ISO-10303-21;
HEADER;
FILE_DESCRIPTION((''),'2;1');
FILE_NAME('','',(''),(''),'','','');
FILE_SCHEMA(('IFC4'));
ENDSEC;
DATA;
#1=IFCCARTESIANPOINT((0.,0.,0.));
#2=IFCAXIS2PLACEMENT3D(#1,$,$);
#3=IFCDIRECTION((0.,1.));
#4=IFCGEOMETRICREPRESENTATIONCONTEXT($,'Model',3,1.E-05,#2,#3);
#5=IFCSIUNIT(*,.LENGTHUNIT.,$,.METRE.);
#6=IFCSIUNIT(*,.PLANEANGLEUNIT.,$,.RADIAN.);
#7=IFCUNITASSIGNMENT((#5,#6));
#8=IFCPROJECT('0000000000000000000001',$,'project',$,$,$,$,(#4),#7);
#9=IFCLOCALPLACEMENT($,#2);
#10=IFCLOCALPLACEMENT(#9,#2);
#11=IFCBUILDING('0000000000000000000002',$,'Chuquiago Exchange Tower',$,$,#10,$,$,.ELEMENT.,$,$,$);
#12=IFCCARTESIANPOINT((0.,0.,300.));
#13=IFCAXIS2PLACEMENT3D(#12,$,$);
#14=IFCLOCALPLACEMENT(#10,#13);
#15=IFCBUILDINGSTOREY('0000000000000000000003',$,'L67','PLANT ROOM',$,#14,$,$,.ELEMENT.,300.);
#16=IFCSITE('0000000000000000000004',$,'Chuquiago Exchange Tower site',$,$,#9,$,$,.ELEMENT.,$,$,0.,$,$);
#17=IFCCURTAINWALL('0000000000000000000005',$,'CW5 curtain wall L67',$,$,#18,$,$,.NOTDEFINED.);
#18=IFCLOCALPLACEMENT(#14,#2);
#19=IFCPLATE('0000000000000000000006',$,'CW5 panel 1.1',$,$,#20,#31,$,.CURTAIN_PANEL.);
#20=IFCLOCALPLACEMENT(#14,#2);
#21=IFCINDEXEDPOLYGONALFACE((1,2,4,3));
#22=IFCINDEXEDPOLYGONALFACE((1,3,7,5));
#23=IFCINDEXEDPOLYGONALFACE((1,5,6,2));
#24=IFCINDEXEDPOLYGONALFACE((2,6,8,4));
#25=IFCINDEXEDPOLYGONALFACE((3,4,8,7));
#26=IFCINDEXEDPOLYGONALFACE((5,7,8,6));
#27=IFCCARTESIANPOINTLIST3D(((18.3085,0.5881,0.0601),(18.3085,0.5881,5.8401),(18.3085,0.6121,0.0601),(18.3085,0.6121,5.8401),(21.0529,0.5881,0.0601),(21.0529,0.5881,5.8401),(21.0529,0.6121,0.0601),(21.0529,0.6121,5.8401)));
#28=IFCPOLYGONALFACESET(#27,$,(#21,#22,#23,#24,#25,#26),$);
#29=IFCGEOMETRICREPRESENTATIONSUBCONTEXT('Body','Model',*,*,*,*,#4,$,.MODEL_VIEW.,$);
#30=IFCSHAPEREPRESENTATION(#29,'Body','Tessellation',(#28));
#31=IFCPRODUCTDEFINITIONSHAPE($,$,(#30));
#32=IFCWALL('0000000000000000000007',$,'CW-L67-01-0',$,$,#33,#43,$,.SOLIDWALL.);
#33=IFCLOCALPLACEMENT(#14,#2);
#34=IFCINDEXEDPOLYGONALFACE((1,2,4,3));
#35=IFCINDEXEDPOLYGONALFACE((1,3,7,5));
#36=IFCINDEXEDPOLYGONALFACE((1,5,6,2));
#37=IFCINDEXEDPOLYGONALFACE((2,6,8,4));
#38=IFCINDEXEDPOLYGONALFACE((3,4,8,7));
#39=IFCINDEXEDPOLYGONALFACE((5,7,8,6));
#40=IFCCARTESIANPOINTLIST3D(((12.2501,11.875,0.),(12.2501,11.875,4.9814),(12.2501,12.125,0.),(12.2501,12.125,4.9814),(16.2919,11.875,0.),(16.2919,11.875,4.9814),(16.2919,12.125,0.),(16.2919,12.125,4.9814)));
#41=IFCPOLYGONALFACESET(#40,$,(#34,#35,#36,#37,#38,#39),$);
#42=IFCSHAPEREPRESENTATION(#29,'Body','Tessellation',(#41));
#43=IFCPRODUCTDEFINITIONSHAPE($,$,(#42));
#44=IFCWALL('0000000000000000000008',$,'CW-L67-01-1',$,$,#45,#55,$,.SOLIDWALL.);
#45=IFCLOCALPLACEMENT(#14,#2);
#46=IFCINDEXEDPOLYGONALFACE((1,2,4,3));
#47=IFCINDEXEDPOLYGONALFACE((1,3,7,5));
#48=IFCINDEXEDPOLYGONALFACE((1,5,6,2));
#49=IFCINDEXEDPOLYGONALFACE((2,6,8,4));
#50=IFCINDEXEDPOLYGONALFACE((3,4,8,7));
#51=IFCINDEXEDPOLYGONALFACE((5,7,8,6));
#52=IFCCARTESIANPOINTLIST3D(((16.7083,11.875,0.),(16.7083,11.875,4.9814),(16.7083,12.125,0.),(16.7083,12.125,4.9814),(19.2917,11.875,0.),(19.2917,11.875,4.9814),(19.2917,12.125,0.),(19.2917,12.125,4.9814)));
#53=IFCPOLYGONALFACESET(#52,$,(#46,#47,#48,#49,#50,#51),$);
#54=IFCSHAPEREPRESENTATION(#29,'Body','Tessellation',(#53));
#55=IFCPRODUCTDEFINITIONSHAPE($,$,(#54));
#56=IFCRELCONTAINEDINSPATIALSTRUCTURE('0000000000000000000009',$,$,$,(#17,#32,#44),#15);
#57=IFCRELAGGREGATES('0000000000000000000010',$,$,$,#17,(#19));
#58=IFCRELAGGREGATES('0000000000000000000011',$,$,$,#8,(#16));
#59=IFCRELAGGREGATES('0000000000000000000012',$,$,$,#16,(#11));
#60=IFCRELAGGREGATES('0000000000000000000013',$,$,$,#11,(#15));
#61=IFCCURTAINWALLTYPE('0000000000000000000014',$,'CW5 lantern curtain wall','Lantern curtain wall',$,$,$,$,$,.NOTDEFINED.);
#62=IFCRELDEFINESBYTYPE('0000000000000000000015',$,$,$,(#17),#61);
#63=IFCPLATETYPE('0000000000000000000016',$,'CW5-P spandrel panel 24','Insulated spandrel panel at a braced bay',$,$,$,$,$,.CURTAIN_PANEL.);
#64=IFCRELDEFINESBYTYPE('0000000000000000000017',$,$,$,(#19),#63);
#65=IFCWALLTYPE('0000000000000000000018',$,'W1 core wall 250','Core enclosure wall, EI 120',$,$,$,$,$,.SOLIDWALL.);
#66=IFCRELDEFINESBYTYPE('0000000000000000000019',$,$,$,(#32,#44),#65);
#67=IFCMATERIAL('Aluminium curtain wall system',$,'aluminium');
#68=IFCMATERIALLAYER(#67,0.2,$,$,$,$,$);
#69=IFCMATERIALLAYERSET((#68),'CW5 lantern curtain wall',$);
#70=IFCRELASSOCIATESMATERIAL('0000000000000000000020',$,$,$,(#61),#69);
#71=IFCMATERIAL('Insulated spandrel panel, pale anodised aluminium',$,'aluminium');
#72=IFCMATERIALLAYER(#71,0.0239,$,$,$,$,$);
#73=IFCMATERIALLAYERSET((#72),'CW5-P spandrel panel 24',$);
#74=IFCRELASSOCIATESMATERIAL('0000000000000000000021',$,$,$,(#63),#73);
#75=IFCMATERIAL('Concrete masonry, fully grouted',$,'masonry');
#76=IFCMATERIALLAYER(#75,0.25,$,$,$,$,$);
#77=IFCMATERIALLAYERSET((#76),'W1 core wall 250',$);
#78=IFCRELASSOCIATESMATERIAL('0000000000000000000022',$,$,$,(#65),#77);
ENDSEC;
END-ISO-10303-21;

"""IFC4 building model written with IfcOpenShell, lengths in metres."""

from ifc_helpers import new_model, si_unit, direction, frame, frame_2d, origin, origin_2d, place, context, subcontext, project, spatial, rectangle, extrude, material, layer, layer_set, type_object, element, aggregate, save


model = new_model("IFC4")

# Units and contexts
model_context = context("Model", 3, precision=1e-05, world=origin(), true_north=direction((0.0, 1.0)))
body_context = subcontext(model_context, "Body", "Model", "MODEL_VIEW")
ifc_project = project(units=[si_unit("LENGTHUNIT", "METRE"), si_unit("PLANEANGLEUNIT", "RADIAN")], contexts=[model_context])

# Site, building, storey
site_placement = place(None, origin())
site = spatial("IfcSite", under=ifc_project, at=site_placement, Name="Chuquiago Exchange Tower site", CompositionType="ELEMENT", RefElevation=0.0)
building_placement = place(site_placement, origin())
building = spatial("IfcBuilding", under=site, at=building_placement, Name="Chuquiago Exchange Tower", CompositionType="ELEMENT")
storey_placement = place(building_placement, frame((0.0, 0.0, 300.0)))
storey = spatial("IfcBuildingStorey", under=building, at=storey_placement, Name="L67", Description="PLANT ROOM", CompositionType="ELEMENT", Elevation=300.0)

# Curtain wall
ifc_material_1 = material(Name="Aluminium curtain wall system", Category="aluminium")
ifc_layer_1 = layer(ifc_material_1, 0.2)
ifc_layer_set_1 = layer_set([ifc_layer_1], Name="CW5 lantern curtain wall")
curtain_wall_type = type_object("IfcCurtainWallType", Name="CW5 lantern curtain wall", Description="Lantern curtain wall", PredefinedType="NOTDEFINED", material=ifc_layer_set_1)
curtain_wall_1_placement = place(storey_placement, origin())
curtain_wall_1 = element("IfcCurtainWall", 1, at=curtain_wall_1_placement, inside=storey, type_object=curtain_wall_type, Name="CW5 curtain wall L67", PredefinedType="NOTDEFINED")

# Plate
ifc_material_2 = material(Name="Insulated spandrel panel, pale anodised aluminium", Category="aluminium")
ifc_layer_2 = layer(ifc_material_2, 0.0239)
ifc_layer_set_2 = layer_set([ifc_layer_2], Name="CW5-P spandrel panel 24")
plate_type_1 = type_object("IfcPlateType", Name="CW5-P spandrel panel 24", Description="Insulated spandrel panel at a braced bay", PredefinedType="CURTAIN_PANEL", material=ifc_layer_set_2)
plate_1_placement = place(storey_placement, frame((19.6807, 0.6001, 0.0601), z_axis=(0.0, 0.0, 1.0), x_axis=(1.0, 0.0, 0.0)))
plate_1 = element("IfcPlate", 2, at=plate_1_placement, type_object=plate_type_1, Name="CW5 panel 1.1", PredefinedType="CURTAIN_PANEL", context=body_context, shape_type="SweptSolid", body=[
    extrude(rectangle(XDim=2.7444, YDim=0.0239, at=origin_2d()), origin(), (0.0, 0.0, 1.0), 5.78),
])
aggregate(curtain_wall_1, [plate_1])

# Walls
ifc_material_3 = material(Name="Concrete masonry, fully grouted", Category="masonry")
ifc_layer_3 = layer(ifc_material_3, 0.25)
ifc_layer_set_3 = layer_set([ifc_layer_3], Name="W1 core wall 250")
wall_type = type_object("IfcWallType", Name="W1 core wall 250", Description="Core enclosure wall, EI 120", PredefinedType="SOLIDWALL", material=ifc_layer_set_3)
wall_1_placement = place(storey_placement, frame((12.25, 12.0, 0.0), z_axis=(0.0, 0.0, 1.0), x_axis=(1.0, 0.0, 0.0)))
element("IfcWall", 3, at=wall_1_placement, inside=storey, type_object=wall_type, Name="CW-L67-01-0", PredefinedType="SOLIDWALL", context=body_context, shape_type="SweptSolid", body=[
    extrude(rectangle(XDim=4.0417, YDim=0.25, at=frame_2d((2.021, 0.0))), origin(), (0.0, 0.0, 1.0), 4.9814),
])
wall_2_placement = place(storey_placement, frame((16.7083, 12.0, 0.0), z_axis=(0.0, 0.0, 1.0), x_axis=(1.0, 0.0, 0.0)))
element("IfcWall", 4, at=wall_2_placement, inside=storey, type_object=wall_type, Name="CW-L67-01-1", PredefinedType="SOLIDWALL", context=body_context, shape_type="SweptSolid", body=[
    extrude(rectangle(XDim=2.5835, YDim=0.25, at=frame_2d((1.2917, 0.0))), origin(), (0.0, 0.0, 1.0), 4.9814),
])

save(model, "model.ifc")
